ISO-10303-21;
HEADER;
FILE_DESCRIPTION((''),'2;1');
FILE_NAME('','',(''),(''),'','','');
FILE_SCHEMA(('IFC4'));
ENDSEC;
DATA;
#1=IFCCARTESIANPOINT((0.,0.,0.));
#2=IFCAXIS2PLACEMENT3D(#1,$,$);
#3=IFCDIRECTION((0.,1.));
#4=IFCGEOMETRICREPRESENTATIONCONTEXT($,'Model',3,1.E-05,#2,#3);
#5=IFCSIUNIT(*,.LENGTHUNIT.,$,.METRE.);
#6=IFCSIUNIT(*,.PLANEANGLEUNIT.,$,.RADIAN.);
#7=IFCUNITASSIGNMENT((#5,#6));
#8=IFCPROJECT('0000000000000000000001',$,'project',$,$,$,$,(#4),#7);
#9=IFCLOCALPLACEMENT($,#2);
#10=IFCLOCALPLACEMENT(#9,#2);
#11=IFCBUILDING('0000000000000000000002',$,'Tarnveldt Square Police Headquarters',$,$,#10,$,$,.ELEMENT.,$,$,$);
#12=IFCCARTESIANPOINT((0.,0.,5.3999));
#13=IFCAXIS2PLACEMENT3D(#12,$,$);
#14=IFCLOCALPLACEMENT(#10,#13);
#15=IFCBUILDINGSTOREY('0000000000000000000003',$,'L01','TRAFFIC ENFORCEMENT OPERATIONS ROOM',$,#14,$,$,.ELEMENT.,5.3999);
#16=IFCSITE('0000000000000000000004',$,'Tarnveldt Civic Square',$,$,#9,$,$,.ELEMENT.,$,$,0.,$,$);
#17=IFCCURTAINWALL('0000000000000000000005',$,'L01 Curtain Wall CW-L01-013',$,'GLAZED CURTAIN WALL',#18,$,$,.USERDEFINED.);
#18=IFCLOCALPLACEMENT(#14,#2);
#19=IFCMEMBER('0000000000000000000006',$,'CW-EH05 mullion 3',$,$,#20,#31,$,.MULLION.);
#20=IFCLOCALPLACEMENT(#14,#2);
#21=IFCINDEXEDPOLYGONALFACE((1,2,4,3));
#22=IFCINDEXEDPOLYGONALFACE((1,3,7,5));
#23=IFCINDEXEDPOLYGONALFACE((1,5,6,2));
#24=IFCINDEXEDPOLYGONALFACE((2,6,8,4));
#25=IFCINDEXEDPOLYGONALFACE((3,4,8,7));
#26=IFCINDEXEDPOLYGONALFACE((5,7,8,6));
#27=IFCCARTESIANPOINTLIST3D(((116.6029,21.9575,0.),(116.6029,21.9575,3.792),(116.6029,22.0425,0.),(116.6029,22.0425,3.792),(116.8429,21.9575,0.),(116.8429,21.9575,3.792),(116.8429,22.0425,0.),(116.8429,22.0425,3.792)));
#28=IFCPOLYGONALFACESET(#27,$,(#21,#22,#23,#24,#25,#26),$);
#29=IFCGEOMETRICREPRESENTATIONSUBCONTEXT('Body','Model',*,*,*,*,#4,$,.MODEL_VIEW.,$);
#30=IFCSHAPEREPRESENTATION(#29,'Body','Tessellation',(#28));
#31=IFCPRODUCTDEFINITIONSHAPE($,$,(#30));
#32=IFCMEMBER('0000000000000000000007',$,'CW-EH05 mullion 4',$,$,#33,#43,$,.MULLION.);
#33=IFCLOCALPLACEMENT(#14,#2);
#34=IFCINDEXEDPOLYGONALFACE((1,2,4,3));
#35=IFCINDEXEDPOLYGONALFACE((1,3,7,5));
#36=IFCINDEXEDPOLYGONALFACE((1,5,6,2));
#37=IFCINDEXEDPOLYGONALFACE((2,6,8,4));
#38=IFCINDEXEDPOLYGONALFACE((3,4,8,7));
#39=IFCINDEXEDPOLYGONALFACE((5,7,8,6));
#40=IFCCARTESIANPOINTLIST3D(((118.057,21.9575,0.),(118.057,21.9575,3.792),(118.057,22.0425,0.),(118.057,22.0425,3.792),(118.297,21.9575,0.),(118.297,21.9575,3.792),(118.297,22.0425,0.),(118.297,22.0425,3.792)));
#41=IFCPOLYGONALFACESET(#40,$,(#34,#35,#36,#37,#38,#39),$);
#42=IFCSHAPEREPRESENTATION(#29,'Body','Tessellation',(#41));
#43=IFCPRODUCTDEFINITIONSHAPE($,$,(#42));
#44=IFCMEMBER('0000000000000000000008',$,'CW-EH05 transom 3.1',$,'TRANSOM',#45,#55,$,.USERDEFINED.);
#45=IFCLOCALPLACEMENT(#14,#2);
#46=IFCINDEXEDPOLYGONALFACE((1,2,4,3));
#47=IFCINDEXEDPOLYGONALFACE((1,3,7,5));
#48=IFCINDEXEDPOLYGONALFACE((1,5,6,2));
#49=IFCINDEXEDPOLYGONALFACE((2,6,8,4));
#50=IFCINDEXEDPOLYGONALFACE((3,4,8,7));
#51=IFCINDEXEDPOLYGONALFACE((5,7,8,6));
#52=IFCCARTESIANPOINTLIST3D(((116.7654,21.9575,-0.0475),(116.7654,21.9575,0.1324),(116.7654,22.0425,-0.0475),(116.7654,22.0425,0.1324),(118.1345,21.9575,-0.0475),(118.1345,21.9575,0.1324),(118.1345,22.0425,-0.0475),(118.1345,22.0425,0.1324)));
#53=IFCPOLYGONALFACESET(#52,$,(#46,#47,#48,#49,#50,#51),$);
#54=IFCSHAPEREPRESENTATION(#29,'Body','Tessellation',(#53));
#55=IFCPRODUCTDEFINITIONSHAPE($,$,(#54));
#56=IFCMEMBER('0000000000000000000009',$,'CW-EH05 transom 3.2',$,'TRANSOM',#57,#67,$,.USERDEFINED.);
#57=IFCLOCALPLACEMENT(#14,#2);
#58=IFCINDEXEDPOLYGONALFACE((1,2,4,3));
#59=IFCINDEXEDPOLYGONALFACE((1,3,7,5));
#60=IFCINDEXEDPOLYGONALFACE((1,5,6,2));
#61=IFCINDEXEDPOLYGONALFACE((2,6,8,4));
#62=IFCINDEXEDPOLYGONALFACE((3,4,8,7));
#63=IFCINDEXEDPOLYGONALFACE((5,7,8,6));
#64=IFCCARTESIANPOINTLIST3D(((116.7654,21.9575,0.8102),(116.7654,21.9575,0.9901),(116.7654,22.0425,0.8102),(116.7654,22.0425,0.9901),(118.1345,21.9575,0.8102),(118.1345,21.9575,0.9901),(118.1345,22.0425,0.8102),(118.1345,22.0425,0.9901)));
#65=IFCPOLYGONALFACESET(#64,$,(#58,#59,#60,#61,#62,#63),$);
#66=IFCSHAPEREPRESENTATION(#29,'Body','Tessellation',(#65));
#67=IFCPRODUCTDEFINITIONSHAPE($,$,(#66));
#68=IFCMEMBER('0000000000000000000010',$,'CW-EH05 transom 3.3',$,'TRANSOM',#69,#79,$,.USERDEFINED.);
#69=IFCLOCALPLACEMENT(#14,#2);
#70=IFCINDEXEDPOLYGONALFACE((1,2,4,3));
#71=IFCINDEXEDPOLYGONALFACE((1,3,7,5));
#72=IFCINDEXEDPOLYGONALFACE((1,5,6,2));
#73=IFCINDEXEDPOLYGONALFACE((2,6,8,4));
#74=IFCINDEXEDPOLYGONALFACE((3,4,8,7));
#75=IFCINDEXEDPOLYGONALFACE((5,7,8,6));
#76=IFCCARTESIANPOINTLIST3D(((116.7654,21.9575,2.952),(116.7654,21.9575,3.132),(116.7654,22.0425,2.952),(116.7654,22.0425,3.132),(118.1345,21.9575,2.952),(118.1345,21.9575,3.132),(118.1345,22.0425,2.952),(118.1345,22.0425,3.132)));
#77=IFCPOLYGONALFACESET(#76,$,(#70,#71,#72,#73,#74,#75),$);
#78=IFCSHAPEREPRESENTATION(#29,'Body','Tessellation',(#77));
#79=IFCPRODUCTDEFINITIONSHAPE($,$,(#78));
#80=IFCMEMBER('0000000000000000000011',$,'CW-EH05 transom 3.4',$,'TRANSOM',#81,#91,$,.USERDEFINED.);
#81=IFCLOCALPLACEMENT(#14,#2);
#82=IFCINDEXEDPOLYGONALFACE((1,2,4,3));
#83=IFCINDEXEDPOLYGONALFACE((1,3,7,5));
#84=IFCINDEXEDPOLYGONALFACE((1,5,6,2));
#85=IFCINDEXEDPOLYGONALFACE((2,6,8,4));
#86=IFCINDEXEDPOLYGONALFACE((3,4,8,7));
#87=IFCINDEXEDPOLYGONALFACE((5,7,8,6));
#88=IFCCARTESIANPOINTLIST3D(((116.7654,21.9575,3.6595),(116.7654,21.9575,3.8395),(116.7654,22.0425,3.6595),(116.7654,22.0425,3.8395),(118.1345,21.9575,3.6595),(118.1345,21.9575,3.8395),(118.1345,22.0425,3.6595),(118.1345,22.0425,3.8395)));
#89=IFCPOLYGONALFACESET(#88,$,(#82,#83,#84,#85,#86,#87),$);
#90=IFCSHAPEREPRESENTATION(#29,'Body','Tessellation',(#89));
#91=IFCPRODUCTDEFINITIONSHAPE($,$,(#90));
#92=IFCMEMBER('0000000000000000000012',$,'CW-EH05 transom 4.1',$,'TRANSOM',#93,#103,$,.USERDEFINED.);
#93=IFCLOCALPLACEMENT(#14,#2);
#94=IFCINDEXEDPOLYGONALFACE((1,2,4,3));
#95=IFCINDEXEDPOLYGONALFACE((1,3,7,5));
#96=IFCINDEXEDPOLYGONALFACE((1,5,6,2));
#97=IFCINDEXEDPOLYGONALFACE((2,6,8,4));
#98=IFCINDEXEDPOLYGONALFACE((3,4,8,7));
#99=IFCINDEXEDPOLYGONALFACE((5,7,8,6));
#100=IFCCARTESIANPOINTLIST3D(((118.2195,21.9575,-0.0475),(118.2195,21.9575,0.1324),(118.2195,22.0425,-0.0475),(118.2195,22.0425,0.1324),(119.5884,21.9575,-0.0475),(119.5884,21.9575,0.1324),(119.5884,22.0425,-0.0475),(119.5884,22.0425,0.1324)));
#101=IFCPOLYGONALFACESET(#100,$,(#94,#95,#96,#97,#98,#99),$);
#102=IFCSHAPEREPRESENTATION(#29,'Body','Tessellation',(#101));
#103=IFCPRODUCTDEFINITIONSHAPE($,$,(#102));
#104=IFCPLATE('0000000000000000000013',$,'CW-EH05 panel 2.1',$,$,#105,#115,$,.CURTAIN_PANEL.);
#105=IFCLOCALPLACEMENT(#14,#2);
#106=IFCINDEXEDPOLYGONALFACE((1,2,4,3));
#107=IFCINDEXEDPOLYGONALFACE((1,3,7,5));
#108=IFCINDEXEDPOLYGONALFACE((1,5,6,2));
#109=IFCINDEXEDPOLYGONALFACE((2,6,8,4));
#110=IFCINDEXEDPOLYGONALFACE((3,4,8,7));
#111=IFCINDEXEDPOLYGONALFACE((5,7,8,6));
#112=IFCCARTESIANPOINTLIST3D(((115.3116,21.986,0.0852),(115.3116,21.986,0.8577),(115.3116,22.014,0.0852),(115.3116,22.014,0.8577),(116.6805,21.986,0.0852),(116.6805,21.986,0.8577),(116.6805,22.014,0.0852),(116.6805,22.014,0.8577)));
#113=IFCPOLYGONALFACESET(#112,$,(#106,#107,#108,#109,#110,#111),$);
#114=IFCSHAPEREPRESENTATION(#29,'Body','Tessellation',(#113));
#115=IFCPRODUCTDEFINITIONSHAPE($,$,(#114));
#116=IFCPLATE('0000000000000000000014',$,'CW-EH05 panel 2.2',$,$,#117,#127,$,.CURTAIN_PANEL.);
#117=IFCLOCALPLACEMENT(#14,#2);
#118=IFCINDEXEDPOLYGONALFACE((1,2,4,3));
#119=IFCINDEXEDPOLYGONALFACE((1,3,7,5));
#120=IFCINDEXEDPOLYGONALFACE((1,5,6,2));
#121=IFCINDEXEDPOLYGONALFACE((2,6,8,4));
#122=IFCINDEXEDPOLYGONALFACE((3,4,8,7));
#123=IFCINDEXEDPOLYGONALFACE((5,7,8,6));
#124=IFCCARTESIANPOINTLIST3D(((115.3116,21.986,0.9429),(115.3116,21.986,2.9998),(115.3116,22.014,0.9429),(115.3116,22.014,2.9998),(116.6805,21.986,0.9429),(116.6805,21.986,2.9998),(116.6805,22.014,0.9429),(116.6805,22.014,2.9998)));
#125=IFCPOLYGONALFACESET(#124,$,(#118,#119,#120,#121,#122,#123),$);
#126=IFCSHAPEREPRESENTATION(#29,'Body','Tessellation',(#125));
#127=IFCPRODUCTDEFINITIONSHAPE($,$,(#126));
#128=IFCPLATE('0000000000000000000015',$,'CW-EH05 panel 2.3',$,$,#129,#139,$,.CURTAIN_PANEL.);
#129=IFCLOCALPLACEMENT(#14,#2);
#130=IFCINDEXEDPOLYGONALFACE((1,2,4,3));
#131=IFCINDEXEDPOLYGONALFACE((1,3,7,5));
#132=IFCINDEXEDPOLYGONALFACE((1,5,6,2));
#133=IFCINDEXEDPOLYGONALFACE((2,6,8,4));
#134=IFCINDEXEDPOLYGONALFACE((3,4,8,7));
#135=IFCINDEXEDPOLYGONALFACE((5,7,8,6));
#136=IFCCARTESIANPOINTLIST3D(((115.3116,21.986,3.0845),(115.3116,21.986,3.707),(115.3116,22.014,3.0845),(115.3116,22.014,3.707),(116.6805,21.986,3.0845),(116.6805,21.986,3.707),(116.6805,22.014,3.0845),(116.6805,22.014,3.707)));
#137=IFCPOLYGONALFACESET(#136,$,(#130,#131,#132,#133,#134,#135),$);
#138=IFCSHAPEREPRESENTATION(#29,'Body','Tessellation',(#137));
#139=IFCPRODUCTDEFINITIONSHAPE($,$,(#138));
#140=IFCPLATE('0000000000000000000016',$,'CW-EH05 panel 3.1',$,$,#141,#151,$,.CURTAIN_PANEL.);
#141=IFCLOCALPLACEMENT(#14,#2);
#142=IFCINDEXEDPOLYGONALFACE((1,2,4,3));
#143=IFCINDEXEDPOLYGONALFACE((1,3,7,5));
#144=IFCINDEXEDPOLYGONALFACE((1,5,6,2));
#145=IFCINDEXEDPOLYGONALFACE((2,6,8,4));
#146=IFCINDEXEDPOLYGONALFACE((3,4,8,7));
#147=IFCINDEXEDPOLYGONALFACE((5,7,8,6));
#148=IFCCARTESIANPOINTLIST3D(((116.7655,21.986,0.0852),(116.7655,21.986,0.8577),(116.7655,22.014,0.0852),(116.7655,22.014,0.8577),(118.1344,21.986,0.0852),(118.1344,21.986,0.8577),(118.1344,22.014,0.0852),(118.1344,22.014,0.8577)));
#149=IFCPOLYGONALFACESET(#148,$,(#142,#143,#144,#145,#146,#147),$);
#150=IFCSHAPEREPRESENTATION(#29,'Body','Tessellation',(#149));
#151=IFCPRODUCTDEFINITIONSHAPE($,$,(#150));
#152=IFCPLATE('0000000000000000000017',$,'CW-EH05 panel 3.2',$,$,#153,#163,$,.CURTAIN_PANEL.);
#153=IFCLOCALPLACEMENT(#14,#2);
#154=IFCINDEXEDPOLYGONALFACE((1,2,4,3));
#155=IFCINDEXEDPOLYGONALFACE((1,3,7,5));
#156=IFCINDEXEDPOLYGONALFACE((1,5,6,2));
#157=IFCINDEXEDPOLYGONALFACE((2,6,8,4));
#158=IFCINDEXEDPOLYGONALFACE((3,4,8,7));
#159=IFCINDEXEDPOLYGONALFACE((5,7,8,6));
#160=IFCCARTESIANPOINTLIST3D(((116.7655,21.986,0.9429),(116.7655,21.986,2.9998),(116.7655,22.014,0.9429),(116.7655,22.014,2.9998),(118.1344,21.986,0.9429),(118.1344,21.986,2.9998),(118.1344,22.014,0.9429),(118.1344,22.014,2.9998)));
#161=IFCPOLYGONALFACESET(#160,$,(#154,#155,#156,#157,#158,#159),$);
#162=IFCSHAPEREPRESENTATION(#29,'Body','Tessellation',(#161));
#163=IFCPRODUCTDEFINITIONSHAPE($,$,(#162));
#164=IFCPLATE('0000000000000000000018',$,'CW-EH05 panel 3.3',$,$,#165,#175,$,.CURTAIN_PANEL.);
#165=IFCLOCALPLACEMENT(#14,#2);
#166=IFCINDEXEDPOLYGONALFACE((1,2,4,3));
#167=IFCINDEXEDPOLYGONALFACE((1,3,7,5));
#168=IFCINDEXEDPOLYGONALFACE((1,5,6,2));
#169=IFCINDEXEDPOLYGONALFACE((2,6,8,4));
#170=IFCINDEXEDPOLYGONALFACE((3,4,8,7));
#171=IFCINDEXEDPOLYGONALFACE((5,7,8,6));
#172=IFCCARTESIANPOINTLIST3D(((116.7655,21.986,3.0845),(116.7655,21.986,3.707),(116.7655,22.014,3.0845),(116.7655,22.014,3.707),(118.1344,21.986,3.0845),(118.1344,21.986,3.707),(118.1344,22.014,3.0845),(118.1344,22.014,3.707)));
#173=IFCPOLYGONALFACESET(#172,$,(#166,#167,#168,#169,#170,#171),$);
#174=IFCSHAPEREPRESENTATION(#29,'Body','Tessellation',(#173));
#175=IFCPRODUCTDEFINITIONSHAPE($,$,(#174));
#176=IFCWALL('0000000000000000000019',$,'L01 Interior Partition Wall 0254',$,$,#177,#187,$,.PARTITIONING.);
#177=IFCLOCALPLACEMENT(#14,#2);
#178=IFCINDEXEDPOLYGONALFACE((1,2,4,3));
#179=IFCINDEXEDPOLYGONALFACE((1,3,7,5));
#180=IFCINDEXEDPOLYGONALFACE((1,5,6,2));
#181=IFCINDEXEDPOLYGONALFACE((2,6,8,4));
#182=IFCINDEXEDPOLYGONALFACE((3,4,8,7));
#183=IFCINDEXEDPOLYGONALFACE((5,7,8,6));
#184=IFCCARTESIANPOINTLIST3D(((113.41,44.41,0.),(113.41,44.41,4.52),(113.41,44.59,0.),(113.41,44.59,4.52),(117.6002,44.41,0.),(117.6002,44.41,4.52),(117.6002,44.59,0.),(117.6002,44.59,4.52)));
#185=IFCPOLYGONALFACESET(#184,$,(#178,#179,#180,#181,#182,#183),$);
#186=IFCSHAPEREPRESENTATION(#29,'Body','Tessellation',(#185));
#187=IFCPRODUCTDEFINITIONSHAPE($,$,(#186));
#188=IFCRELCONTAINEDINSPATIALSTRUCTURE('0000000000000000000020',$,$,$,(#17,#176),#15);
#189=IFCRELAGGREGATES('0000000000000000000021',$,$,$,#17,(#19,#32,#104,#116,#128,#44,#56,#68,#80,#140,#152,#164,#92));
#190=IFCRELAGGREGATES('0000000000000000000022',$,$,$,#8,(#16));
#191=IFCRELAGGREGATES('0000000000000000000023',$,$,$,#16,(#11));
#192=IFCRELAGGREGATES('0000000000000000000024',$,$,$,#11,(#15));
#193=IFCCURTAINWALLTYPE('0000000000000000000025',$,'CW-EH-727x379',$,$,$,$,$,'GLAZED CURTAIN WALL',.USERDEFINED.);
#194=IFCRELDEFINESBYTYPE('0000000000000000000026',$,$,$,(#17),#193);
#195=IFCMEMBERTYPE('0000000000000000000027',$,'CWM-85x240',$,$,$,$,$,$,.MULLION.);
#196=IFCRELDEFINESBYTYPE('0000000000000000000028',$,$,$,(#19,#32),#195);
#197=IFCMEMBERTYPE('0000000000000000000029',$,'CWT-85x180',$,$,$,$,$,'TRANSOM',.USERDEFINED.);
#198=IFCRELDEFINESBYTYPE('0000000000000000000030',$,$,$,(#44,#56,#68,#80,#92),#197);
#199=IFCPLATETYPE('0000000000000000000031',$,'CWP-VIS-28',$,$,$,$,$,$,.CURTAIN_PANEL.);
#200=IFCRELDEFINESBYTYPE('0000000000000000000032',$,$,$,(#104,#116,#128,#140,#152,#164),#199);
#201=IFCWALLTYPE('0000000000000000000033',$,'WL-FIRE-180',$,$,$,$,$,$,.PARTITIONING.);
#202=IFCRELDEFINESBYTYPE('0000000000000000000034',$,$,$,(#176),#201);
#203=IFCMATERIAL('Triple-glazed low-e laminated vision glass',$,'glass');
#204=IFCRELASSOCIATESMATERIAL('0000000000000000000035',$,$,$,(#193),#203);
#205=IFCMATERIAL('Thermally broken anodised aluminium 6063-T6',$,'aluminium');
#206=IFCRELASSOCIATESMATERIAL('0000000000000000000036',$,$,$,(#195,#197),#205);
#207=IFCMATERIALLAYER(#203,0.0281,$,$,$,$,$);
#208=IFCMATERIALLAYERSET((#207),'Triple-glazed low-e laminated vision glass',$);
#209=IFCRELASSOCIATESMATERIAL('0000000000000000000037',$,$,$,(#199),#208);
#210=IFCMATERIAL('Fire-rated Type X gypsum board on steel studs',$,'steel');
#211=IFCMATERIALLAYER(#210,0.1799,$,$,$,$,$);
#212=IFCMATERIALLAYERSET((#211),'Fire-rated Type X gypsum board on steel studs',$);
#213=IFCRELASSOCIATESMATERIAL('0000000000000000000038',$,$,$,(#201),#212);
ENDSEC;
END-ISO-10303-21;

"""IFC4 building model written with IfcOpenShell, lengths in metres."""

from ifc_helpers import new_model, si_unit, direction, frame, frame_2d, origin, origin_2d, place, context, subcontext, project, spatial, rectangle, extrude, material, layer, layer_set, material_profile, profile_set, type_object, element, aggregate, save


model = new_model("IFC4")

# Units and contexts
model_context = context("Model", 3, precision=1e-05, world=origin(), true_north=direction((0.0, 1.0)))
body_context = subcontext(model_context, "Body", "Model", "MODEL_VIEW")
ifc_project = project(units=[si_unit("LENGTHUNIT", "METRE"), si_unit("PLANEANGLEUNIT", "RADIAN")], contexts=[model_context])

# Site, building, storey
site_placement = place(None, origin())
site = spatial("IfcSite", under=ifc_project, at=site_placement, Name="Tarnveldt Civic Square", CompositionType="ELEMENT", RefElevation=0.0)
building_placement = place(site_placement, origin())
building = spatial("IfcBuilding", under=site, at=building_placement, Name="Tarnveldt Square Police Headquarters", CompositionType="ELEMENT")
storey_placement = place(building_placement, frame((0.0, 0.0, 5.3999)))
storey = spatial("IfcBuildingStorey", under=building, at=storey_placement, Name="L01", Description="TRAFFIC ENFORCEMENT OPERATIONS ROOM", CompositionType="ELEMENT", Elevation=5.3999)

# Curtain wall, members, plates
ifc_material_1 = material(Name="Triple-glazed low-e laminated vision glass", Category="glass")
curtain_wall_type = type_object("IfcCurtainWallType", Name="CW-EH-727x379", ElementType="GLAZED CURTAIN WALL", PredefinedType="USERDEFINED", material=ifc_material_1)
curtain_wall_placement = place(storey_placement, origin())
curtain_wall = element("IfcCurtainWall", 1, at=curtain_wall_placement, inside=storey, type_object=curtain_wall_type, Name="L01 Curtain Wall CW-L01-013", ObjectType="GLAZED CURTAIN WALL", PredefinedType="USERDEFINED")
ifc_material_2 = material(Name="Thermally broken anodised aluminium 6063-T6", Category="aluminium")
ifc_material_profile_1 = material_profile(ifc_material_2, rectangle(XDim=0.085, YDim=0.24, at=origin_2d()), Name="CW-M85x240")
ifc_profile_set_1 = profile_set([ifc_material_profile_1], Name="Thermally broken anodised aluminium 6063-T6")
member_type_1 = type_object("IfcMemberType", Name="CWM-85x240", PredefinedType="MULLION", material=ifc_profile_set_1)
member_1_placement = place(storey_placement, frame((116.7229, 22.0, 0.0), z_axis=(0.0, 0.0, 1.0), x_axis=(0.0, 1.0, 0.0)))
member_1 = element("IfcMember", 2, at=member_1_placement, type_object=member_type_1, Name="CW-EH05 mullion 3", PredefinedType="MULLION", context=body_context, shape_type="SweptSolid", body=[
    extrude(rectangle(XDim=0.085, YDim=0.24, at=origin_2d()), origin(), (0.0, 0.0, 1.0), 3.792),
])
member_2_placement = place(storey_placement, frame((118.177, 22.0, 0.0), z_axis=(0.0, 0.0, 1.0), x_axis=(0.0, 1.0, 0.0)))
member_2 = element("IfcMember", 3, at=member_2_placement, type_object=member_type_1, Name="CW-EH05 mullion 4", PredefinedType="MULLION", context=body_context, shape_type="SweptSolid", body=[
    extrude(rectangle(XDim=0.085, YDim=0.24, at=origin_2d()), origin(), (0.0, 0.0, 1.0), 3.792),
])
ifc_material_profile_2 = material_profile(ifc_material_2, rectangle(XDim=0.085, YDim=0.1799, at=origin_2d()), Name="CW-T85x180")
ifc_profile_set_2 = profile_set([ifc_material_profile_2], Name="Thermally broken anodised aluminium 6063-T6")
member_type_2 = type_object("IfcMemberType", Name="CWT-85x180", ElementType="TRANSOM", PredefinedType="USERDEFINED", material=ifc_profile_set_2)
member_3_placement = place(storey_placement, frame((116.7654, 22.0, 0.0425), z_axis=(1.0, 0.0, 0.0), x_axis=(0.0, 1.0, 0.0)))
member_3 = element("IfcMember", 4, at=member_3_placement, type_object=member_type_2, Name="CW-EH05 transom 3.1", ObjectType="TRANSOM", PredefinedType="USERDEFINED", context=body_context, shape_type="SweptSolid", body=[
    extrude(rectangle(XDim=0.085, YDim=0.1799, at=origin_2d()), origin(), (0.0, 0.0, 1.0), 1.3691),
])
member_4_placement = place(storey_placement, frame((116.7654, 22.0, 0.9001), z_axis=(1.0, 0.0, 0.0), x_axis=(0.0, 1.0, 0.0)))
member_4 = element("IfcMember", 5, at=member_4_placement, type_object=member_type_2, Name="CW-EH05 transom 3.2", ObjectType="TRANSOM", PredefinedType="USERDEFINED", context=body_context, shape_type="SweptSolid", body=[
    extrude(rectangle(XDim=0.085, YDim=0.1799, at=origin_2d()), origin(), (0.0, 0.0, 1.0), 1.3691),
])
member_5_placement = place(storey_placement, frame((116.7654, 22.0, 3.042), z_axis=(1.0, 0.0, 0.0), x_axis=(0.0, 1.0, 0.0)))
member_5 = element("IfcMember", 6, at=member_5_placement, type_object=member_type_2, Name="CW-EH05 transom 3.3", ObjectType="TRANSOM", PredefinedType="USERDEFINED", context=body_context, shape_type="SweptSolid", body=[
    extrude(rectangle(XDim=0.085, YDim=0.1799, at=origin_2d()), origin(), (0.0, 0.0, 1.0), 1.3691),
])
member_6_placement = place(storey_placement, frame((116.7654, 22.0, 3.7495), z_axis=(1.0, 0.0, 0.0), x_axis=(0.0, 1.0, 0.0)))
member_6 = element("IfcMember", 7, at=member_6_placement, type_object=member_type_2, Name="CW-EH05 transom 3.4", ObjectType="TRANSOM", PredefinedType="USERDEFINED", context=body_context, shape_type="SweptSolid", body=[
    extrude(rectangle(XDim=0.085, YDim=0.1799, at=origin_2d()), origin(), (0.0, 0.0, 1.0), 1.3691),
])
member_7_placement = place(storey_placement, frame((118.2195, 22.0, 0.0425), z_axis=(1.0, 0.0, 0.0), x_axis=(0.0, 1.0, 0.0)))
member_7 = element("IfcMember", 8, at=member_7_placement, type_object=member_type_2, Name="CW-EH05 transom 4.1", ObjectType="TRANSOM", PredefinedType="USERDEFINED", context=body_context, shape_type="SweptSolid", body=[
    extrude(rectangle(XDim=0.085, YDim=0.1799, at=origin_2d()), origin(), (0.0, 0.0, 1.0), 1.3689),
])
ifc_layer_1 = layer(ifc_material_1, 0.0281)
ifc_layer_set_1 = layer_set([ifc_layer_1], Name="Triple-glazed low-e laminated vision glass")
plate_type = type_object("IfcPlateType", Name="CWP-VIS-28", PredefinedType="CURTAIN_PANEL", material=ifc_layer_set_1)
plate_1_placement = place(storey_placement, frame((115.9961, 22.0, 0.0852), z_axis=(0.0, 0.0, 1.0), x_axis=(1.0, 0.0, 0.0)))
plate_1 = element("IfcPlate", 9, at=plate_1_placement, type_object=plate_type, Name="CW-EH05 panel 2.1", PredefinedType="CURTAIN_PANEL", context=body_context, shape_type="SweptSolid", body=[
    extrude(rectangle(XDim=1.3689, YDim=0.0281, at=origin_2d()), origin(), (0.0, 0.0, 1.0), 0.7725),
])
plate_2_placement = place(storey_placement, frame((115.9961, 22.0, 0.9429), z_axis=(0.0, 0.0, 1.0), x_axis=(1.0, 0.0, 0.0)))
plate_2 = element("IfcPlate", 10, at=plate_2_placement, type_object=plate_type, Name="CW-EH05 panel 2.2", PredefinedType="CURTAIN_PANEL", context=body_context, shape_type="SweptSolid", body=[
    extrude(rectangle(XDim=1.3689, YDim=0.0281, at=origin_2d()), origin(), (0.0, 0.0, 1.0), 2.0569),
])
plate_3_placement = place(storey_placement, frame((115.9961, 22.0, 3.0845), z_axis=(0.0, 0.0, 1.0), x_axis=(1.0, 0.0, 0.0)))
plate_3 = element("IfcPlate", 11, at=plate_3_placement, type_object=plate_type, Name="CW-EH05 panel 2.3", PredefinedType="CURTAIN_PANEL", context=body_context, shape_type="SweptSolid", body=[
    extrude(rectangle(XDim=1.3689, YDim=0.0281, at=origin_2d()), origin(), (0.0, 0.0, 1.0), 0.6226),
])
plate_4_placement = place(storey_placement, frame((117.45, 22.0, 0.0852), z_axis=(0.0, 0.0, 1.0), x_axis=(1.0, 0.0, 0.0)))
plate_4 = element("IfcPlate", 12, at=plate_4_placement, type_object=plate_type, Name="CW-EH05 panel 3.1", PredefinedType="CURTAIN_PANEL", context=body_context, shape_type="SweptSolid", body=[
    extrude(rectangle(XDim=1.3689, YDim=0.0281, at=origin_2d()), origin(), (0.0, 0.0, 1.0), 0.7725),
])
plate_5_placement = place(storey_placement, frame((117.45, 22.0, 0.9429), z_axis=(0.0, 0.0, 1.0), x_axis=(1.0, 0.0, 0.0)))
plate_5 = element("IfcPlate", 13, at=plate_5_placement, type_object=plate_type, Name="CW-EH05 panel 3.2", PredefinedType="CURTAIN_PANEL", context=body_context, shape_type="SweptSolid", body=[
    extrude(rectangle(XDim=1.3689, YDim=0.0281, at=origin_2d()), origin(), (0.0, 0.0, 1.0), 2.0569),
])
plate_6_placement = place(storey_placement, frame((117.45, 22.0, 3.0845), z_axis=(0.0, 0.0, 1.0), x_axis=(1.0, 0.0, 0.0)))
plate_6 = element("IfcPlate", 14, at=plate_6_placement, type_object=plate_type, Name="CW-EH05 panel 3.3", PredefinedType="CURTAIN_PANEL", context=body_context, shape_type="SweptSolid", body=[
    extrude(rectangle(XDim=1.3689, YDim=0.0281, at=origin_2d()), origin(), (0.0, 0.0, 1.0), 0.6226),
])
aggregate(curtain_wall, [member_1, member_2, plate_1, plate_2, plate_3, member_3, member_4, member_5, member_6, plate_4, plate_5, plate_6, member_7])

# Wall
ifc_material_3 = material(Name="Fire-rated Type X gypsum board on steel studs", Category="steel")
ifc_layer_2 = layer(ifc_material_3, 0.1799)
ifc_layer_set_2 = layer_set([ifc_layer_2], Name="Fire-rated Type X gypsum board on steel studs")
wall_type_1 = type_object("IfcWallType", Name="WL-FIRE-180", PredefinedType="PARTITIONING", material=ifc_layer_set_2)
wall_1_placement = place(storey_placement, frame((113.4099, 44.5, 0.0), z_axis=(0.0, 0.0, 1.0), x_axis=(1.0, 0.0, 0.0)))
element("IfcWall", 15, at=wall_1_placement, inside=storey, type_object=wall_type_1, Name="L01 Interior Partition Wall 0254", PredefinedType="PARTITIONING", context=body_context, shape_type="SweptSolid", body=[
    extrude(rectangle(XDim=4.1902, YDim=0.1799, at=frame_2d((2.0952, 0.0))), origin(), (0.0, 0.0, 1.0), 4.52),
])

save(model, "model.ifc")
